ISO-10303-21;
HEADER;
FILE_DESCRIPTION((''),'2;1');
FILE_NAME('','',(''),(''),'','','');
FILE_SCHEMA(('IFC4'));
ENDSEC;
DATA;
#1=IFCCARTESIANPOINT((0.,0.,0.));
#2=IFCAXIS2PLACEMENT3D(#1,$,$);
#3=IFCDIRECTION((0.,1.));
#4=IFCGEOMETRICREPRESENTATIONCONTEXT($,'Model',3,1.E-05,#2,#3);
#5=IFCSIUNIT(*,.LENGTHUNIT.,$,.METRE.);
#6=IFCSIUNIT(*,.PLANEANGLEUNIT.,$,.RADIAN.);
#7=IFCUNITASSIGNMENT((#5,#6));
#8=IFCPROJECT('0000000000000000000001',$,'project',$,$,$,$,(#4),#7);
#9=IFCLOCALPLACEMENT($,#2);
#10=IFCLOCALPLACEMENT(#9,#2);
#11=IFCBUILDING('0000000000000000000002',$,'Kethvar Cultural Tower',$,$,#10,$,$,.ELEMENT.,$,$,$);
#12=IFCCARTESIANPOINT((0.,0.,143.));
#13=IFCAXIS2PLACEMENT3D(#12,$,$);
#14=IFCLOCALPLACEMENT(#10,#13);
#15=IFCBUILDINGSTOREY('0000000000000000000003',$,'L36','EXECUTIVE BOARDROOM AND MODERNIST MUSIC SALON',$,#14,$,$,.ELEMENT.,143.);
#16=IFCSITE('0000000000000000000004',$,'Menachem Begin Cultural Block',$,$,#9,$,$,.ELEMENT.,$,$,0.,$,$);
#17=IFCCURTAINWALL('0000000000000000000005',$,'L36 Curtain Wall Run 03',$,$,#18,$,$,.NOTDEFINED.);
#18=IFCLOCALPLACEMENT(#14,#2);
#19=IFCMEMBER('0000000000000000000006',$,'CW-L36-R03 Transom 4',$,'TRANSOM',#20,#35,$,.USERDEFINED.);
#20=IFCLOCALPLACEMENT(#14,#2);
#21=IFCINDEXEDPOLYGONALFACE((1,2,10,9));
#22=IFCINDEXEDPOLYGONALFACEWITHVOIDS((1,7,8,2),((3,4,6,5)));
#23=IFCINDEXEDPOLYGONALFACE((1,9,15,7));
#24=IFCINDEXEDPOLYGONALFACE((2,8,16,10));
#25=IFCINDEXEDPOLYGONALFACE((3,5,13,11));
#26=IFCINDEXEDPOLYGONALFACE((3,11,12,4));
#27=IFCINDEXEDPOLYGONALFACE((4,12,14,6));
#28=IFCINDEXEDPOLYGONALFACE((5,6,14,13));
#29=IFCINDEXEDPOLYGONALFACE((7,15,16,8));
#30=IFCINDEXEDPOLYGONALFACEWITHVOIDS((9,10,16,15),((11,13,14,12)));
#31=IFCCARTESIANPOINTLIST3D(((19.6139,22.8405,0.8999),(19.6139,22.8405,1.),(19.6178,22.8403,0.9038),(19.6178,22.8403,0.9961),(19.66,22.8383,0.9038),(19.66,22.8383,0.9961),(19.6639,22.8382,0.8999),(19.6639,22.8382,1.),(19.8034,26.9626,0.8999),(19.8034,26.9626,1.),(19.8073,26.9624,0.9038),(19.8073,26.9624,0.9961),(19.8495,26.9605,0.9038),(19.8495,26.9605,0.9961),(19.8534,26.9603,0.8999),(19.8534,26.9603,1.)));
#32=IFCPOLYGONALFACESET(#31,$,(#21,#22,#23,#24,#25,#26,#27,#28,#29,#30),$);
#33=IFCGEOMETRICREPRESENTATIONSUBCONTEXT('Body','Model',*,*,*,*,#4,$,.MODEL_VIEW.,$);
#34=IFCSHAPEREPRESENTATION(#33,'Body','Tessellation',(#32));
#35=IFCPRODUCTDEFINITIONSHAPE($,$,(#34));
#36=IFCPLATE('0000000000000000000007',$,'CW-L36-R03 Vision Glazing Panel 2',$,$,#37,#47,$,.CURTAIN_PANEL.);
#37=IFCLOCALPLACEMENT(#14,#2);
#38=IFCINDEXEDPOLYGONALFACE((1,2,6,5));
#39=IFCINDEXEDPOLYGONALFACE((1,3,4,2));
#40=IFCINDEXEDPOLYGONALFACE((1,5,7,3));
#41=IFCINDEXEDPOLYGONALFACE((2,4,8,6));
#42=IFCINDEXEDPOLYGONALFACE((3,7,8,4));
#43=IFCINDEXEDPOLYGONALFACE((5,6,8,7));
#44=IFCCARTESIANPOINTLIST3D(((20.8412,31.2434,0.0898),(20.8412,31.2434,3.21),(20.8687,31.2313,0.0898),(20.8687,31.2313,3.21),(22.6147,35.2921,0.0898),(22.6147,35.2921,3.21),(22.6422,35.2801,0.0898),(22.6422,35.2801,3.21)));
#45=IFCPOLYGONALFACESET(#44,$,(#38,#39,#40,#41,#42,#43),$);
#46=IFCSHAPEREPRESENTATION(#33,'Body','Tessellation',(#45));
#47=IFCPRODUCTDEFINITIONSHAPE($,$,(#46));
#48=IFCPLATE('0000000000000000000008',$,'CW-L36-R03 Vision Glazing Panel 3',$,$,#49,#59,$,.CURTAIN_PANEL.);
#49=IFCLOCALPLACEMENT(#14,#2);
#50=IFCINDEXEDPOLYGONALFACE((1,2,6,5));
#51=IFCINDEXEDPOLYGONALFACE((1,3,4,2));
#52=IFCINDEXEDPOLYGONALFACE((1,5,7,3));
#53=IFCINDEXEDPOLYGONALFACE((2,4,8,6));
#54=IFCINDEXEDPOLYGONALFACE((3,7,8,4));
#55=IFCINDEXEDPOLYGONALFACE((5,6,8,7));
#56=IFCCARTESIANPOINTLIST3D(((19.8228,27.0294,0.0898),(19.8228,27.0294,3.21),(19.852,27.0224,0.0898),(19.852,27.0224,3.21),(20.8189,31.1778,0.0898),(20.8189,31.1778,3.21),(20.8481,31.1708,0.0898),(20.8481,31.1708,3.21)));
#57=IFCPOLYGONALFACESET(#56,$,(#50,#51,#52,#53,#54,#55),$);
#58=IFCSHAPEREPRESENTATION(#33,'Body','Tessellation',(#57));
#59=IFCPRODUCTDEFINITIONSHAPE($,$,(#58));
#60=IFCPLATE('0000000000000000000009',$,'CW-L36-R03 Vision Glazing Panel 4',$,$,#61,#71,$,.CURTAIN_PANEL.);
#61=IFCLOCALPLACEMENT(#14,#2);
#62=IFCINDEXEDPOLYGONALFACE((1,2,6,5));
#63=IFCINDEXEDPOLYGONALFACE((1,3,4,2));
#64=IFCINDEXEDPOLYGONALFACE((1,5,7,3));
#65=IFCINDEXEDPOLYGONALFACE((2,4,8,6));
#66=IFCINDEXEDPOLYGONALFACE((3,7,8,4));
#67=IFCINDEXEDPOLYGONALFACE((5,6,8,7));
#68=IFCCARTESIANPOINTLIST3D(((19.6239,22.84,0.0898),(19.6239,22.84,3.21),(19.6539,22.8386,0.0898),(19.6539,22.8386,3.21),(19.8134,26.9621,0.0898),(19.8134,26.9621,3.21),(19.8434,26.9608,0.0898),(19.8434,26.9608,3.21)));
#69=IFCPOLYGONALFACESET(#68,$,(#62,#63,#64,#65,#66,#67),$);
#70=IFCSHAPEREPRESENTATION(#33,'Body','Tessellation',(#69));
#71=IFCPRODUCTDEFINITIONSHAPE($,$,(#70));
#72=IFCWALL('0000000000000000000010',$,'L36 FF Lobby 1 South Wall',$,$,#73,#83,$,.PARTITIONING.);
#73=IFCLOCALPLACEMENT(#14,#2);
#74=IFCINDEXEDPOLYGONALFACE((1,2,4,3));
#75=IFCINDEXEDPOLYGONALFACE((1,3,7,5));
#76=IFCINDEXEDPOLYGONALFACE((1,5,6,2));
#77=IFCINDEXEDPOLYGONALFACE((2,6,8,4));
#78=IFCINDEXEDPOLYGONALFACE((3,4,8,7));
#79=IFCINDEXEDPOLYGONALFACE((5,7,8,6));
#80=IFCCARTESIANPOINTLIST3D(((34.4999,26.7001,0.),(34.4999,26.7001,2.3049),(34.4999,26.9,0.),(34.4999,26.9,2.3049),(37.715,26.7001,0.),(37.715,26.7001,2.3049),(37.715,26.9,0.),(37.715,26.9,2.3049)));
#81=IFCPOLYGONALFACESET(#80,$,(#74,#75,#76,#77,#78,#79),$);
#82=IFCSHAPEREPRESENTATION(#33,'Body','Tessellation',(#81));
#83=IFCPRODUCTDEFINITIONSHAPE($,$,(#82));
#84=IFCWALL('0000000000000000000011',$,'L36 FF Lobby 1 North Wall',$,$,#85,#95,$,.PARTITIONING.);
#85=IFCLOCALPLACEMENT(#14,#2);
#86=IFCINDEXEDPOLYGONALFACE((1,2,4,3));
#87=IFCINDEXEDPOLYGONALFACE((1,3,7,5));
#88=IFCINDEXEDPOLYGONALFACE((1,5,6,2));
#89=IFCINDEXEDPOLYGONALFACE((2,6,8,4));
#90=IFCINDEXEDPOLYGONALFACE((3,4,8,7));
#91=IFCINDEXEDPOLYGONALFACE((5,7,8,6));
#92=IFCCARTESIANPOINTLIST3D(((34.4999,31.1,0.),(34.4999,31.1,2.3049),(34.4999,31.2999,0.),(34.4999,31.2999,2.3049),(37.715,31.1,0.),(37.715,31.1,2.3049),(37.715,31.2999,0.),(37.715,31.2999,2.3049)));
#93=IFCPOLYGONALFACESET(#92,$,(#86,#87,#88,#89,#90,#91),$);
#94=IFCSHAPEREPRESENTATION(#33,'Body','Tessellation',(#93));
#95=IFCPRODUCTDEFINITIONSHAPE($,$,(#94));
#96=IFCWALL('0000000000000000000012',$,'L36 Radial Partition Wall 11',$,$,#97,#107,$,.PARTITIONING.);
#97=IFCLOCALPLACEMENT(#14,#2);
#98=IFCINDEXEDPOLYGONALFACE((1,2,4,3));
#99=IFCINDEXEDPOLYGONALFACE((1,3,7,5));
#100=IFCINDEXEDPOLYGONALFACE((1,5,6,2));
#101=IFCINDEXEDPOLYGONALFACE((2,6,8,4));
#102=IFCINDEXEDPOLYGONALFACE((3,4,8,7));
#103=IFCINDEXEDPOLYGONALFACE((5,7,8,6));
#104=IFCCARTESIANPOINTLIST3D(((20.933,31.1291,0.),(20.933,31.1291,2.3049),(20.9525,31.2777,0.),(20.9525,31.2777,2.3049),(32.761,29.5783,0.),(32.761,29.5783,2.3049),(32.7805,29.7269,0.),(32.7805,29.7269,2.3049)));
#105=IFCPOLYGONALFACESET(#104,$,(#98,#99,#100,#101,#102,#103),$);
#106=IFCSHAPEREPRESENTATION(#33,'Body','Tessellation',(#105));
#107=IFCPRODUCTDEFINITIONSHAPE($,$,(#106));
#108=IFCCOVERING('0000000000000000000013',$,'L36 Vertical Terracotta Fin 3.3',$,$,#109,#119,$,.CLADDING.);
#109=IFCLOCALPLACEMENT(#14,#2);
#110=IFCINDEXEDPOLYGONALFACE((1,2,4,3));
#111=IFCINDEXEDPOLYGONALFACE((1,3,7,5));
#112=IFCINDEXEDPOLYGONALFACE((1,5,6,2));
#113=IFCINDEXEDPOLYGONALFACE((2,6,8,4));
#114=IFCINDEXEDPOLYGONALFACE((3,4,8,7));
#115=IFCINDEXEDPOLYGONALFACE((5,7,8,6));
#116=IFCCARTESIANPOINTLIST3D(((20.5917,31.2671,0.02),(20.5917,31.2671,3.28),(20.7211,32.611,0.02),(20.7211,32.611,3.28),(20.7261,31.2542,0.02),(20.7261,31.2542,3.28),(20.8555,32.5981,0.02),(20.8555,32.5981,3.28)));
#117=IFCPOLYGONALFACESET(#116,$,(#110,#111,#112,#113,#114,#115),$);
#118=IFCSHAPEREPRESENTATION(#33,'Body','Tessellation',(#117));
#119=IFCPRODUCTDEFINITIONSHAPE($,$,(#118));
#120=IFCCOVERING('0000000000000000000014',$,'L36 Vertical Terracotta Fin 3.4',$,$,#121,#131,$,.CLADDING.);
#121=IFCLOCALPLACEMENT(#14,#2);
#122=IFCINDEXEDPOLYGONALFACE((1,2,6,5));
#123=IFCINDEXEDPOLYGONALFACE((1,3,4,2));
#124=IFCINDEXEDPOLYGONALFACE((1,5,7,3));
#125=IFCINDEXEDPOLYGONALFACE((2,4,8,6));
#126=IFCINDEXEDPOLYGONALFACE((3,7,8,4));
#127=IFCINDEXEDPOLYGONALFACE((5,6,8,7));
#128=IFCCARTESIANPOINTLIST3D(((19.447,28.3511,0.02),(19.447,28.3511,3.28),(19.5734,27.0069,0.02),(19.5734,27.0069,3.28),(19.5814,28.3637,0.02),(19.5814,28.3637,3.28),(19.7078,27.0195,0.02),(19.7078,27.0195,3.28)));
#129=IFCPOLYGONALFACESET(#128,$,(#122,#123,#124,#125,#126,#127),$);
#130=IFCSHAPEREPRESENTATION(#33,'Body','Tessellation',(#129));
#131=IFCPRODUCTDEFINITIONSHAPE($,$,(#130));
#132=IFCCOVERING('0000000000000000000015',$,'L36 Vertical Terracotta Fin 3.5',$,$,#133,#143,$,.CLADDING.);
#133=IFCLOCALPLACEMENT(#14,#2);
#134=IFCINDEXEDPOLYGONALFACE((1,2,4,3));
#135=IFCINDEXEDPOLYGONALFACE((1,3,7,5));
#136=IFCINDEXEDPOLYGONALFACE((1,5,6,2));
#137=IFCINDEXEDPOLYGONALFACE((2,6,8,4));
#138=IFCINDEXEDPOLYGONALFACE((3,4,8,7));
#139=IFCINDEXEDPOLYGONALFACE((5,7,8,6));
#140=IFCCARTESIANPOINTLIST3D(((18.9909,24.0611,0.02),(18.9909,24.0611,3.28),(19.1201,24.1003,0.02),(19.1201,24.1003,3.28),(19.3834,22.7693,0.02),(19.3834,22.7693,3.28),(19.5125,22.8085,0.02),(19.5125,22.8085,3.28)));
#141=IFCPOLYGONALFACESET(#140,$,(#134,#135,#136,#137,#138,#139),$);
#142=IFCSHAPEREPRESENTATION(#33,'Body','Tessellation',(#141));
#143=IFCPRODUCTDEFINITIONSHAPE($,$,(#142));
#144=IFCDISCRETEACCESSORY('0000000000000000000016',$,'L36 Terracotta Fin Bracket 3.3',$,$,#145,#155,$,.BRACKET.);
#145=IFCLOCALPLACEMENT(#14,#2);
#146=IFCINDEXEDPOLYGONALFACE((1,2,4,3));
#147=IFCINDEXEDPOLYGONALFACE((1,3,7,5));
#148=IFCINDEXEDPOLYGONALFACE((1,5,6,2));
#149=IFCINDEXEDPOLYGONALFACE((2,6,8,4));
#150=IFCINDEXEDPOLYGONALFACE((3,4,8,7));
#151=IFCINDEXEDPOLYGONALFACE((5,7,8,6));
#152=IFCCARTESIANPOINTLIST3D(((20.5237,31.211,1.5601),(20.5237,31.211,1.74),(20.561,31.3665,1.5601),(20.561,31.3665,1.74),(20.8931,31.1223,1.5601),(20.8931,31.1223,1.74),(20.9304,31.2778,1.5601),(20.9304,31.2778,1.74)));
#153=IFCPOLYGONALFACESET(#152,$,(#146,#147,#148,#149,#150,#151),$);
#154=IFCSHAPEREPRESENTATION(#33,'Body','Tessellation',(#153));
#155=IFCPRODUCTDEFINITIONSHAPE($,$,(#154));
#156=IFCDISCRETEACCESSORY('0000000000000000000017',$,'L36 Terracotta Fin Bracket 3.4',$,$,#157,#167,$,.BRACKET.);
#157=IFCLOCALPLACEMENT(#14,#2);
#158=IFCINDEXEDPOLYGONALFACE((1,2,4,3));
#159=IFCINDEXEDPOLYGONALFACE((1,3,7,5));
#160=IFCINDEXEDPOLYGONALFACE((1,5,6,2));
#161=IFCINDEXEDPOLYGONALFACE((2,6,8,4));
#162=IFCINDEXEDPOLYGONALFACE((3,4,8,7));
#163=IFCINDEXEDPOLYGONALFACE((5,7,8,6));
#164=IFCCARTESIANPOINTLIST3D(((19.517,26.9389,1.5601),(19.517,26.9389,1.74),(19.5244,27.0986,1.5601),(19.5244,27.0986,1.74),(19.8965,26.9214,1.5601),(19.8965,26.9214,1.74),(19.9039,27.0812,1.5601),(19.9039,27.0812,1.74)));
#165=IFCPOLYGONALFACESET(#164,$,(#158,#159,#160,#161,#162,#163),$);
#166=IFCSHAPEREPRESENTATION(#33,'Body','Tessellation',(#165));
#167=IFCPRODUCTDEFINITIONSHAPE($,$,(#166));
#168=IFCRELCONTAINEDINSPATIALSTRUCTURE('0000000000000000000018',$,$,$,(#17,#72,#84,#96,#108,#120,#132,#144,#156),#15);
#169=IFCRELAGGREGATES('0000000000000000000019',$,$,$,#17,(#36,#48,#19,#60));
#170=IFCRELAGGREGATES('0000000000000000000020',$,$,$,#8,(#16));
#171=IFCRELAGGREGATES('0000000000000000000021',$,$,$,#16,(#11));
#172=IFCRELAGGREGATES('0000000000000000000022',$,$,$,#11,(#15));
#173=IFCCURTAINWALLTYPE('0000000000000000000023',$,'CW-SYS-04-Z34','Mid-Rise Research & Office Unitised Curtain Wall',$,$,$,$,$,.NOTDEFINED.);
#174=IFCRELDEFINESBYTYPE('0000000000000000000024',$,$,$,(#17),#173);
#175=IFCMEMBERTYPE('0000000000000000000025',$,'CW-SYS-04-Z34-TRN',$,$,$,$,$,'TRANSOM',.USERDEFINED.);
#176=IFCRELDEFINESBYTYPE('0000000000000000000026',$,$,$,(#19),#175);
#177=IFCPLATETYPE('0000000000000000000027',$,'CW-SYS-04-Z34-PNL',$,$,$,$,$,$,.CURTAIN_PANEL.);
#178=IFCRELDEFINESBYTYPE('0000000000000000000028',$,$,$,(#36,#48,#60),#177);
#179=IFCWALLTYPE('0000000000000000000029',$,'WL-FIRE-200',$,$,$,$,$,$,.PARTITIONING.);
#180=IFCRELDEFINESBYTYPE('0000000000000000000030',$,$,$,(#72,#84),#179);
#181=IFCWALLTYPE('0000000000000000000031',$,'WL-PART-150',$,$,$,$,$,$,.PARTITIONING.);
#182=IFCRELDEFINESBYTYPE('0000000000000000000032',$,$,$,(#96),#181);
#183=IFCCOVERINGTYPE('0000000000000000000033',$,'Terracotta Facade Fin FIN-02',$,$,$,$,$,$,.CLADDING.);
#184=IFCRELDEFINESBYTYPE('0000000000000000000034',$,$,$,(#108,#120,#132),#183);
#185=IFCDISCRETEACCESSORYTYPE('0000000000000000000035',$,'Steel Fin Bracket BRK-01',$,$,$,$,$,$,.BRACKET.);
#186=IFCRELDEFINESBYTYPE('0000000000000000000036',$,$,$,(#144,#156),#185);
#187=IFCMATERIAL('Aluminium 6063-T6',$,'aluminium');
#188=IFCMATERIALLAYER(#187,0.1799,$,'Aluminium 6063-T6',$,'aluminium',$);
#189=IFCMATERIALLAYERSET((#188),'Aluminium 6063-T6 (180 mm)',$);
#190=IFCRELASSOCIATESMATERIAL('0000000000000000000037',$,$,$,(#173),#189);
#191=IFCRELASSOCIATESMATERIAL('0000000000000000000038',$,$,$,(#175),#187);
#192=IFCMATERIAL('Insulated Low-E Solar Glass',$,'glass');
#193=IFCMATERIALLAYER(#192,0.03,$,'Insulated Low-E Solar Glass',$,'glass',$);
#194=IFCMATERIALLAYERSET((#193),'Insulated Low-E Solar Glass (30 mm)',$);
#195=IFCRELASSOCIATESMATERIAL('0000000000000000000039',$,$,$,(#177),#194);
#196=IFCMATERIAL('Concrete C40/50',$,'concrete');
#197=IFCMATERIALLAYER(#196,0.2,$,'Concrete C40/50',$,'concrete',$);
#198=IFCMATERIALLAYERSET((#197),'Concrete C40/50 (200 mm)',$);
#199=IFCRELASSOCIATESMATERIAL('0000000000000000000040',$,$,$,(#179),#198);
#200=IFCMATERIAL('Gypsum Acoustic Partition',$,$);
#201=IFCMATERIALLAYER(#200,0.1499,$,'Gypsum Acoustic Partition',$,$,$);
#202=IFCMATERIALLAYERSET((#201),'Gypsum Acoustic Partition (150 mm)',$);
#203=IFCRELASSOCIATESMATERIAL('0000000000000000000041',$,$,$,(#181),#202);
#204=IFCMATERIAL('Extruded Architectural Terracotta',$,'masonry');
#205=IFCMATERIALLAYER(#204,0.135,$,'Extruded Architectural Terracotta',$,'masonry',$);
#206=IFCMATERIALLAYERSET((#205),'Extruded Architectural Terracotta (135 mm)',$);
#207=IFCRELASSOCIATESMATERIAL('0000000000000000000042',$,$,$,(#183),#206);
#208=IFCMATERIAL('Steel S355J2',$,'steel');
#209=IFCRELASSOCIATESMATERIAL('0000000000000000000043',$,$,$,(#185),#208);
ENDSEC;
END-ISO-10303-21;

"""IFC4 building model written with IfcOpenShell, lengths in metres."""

from ifc_helpers import new_model, si_unit, direction, frame, frame_2d, origin, origin_2d, place, context, subcontext, project, spatial, rectangle, hollow_rectangle, extrude, source, transform, mapped, material, layer, layer_set, material_profile, profile_set, type_object, element, aggregate, save


model = new_model("IFC4")

# Units and contexts
model_context = context("Model", 3, precision=1e-05, world=origin(), true_north=direction((0.0, 1.0)))
body_context = subcontext(model_context, "Body", "Model", "MODEL_VIEW")
ifc_project = project(units=[si_unit("LENGTHUNIT", "METRE"), si_unit("PLANEANGLEUNIT", "RADIAN")], contexts=[model_context])

# Site, building, storey
site_placement = place(None, origin())
site = spatial("IfcSite", under=ifc_project, at=site_placement, Name="Menachem Begin Cultural Block", CompositionType="ELEMENT", RefElevation=0.0)
building_placement = place(site_placement, origin())
building = spatial("IfcBuilding", under=site, at=building_placement, Name="Kethvar Cultural Tower", CompositionType="ELEMENT")
storey_placement = place(building_placement, frame((0.0, 0.0, 143.0)))
storey = spatial("IfcBuildingStorey", under=building, at=storey_placement, Name="L36", Description="EXECUTIVE BOARDROOM AND MODERNIST MUSIC SALON", CompositionType="ELEMENT", Elevation=143.0)

# Shared definitions
ifc_material_1 = material(Name="Steel S355J2", Category="steel")

# Curtain wall, member, plates
ifc_material_2 = material(Name="Aluminium 6063-T6", Category="aluminium")
ifc_layer_1 = layer(ifc_material_2, 0.1799, Name="Aluminium 6063-T6", Category="aluminium")
ifc_layer_set_1 = layer_set([ifc_layer_1], Name="Aluminium 6063-T6 (180 mm)")
curtain_wall_type = type_object("IfcCurtainWallType", Name="CW-SYS-04-Z34", Description="Mid-Rise Research & Office Unitised Curtain Wall", PredefinedType="NOTDEFINED", material=ifc_layer_set_1)
curtain_wall_placement = place(storey_placement, origin())
curtain_wall = element("IfcCurtainWall", 1, at=curtain_wall_placement, inside=storey, type_object=curtain_wall_type, Name="L36 Curtain Wall Run 03", PredefinedType="NOTDEFINED")
ifc_material_profile_1 = material_profile(ifc_material_2, hollow_rectangle(XDim=0.05, YDim=0.1001, WallThickness=0.0039, at=origin_2d()), Name="Aluminium 6063-T6 — RHS100x50x4")
ifc_profile_set_1 = profile_set([ifc_material_profile_1], Name="Aluminium 6063-T6 — RHS100x50x4")
member_type_1 = type_object("IfcMemberType", Name="CW-SYS-04-Z34-TRN", ElementType="TRANSOM", PredefinedType="USERDEFINED", material=ifc_profile_set_1)
shared_shape_1 = source(origin(), body_context, "Body", "SweptSolid", [
    extrude(hollow_rectangle(XDim=0.05, YDim=0.1001, WallThickness=0.0039, at=origin_2d()), origin(), (0.0, 0.0, 1.0), 4.1265),
])
member_1_placement = place(storey_placement, frame((19.8284, 26.9614, 0.95), z_axis=(-0.045912, -0.998945, 0.0), x_axis=(0.998945, -0.045912, 0.0)))
member_1 = element("IfcMember", 2, at=member_1_placement, type_object=member_type_1, Name="CW-L36-R03 Transom 4", ObjectType="TRANSOM", PredefinedType="USERDEFINED", context=body_context, shape_type="MappedRepresentation", body=[
    mapped(shared_shape_1, transform((0.0, 0.0, 0.0), scale=1.0)),
])
ifc_material_3 = material(Name="Insulated Low-E Solar Glass", Category="glass")
ifc_layer_2 = layer(ifc_material_3, 0.03, Name="Insulated Low-E Solar Glass", Category="glass")
ifc_layer_set_2 = layer_set([ifc_layer_2], Name="Insulated Low-E Solar Glass (30 mm)")
plate_type = type_object("IfcPlateType", Name="CW-SYS-04-Z34-PNL", PredefinedType="CURTAIN_PANEL", material=ifc_layer_set_2)
shared_shape_2 = source(origin(), body_context, "Body", "SweptSolid", [
    extrude(rectangle(XDim=4.4202, YDim=0.03, at=origin_2d()), origin(), (0.0, 0.0, 1.0), 3.1201),
])
plate_1_placement = place(storey_placement, frame((21.7417, 33.2617, 0.0898), z_axis=(0.0, 0.0, 1.0), x_axis=(-0.401244, -0.915971, 0.0)))
plate_1 = element("IfcPlate", 3, at=plate_1_placement, type_object=plate_type, Name="CW-L36-R03 Vision Glazing Panel 2", PredefinedType="CURTAIN_PANEL", context=body_context, shape_type="MappedRepresentation", body=[
    mapped(shared_shape_2, transform((0.0, 0.0, 0.0), scale=1.0)),
])
shared_shape_3 = source(origin(), body_context, "Body", "SweptSolid", [
    extrude(rectangle(XDim=4.2664, YDim=0.03, at=origin_2d()), origin(), (0.0, 0.0, 1.0), 3.1201),
])
plate_2_placement = place(storey_placement, frame((20.3354, 29.1001, 0.0898), z_axis=(0.0, 0.0, 1.0), x_axis=(-0.233479, -0.972362, 0.0)))
plate_2 = element("IfcPlate", 4, at=plate_2_placement, type_object=plate_type, Name="CW-L36-R03 Vision Glazing Panel 3", PredefinedType="CURTAIN_PANEL", context=body_context, shape_type="MappedRepresentation", body=[
    mapped(shared_shape_3, transform((0.0, 0.0, 0.0), scale=1.0)),
])
shared_shape_4 = source(origin(), body_context, "Body", "SweptSolid", [
    extrude(rectangle(XDim=4.1265, YDim=0.03, at=origin_2d()), origin(), (0.0, 0.0, 1.0), 3.1201),
])
plate_3_placement = place(storey_placement, frame((19.7336, 24.9004, 0.0898), z_axis=(0.0, 0.0, 1.0), x_axis=(-0.045938, -0.998944, 0.0)))
plate_3 = element("IfcPlate", 5, at=plate_3_placement, type_object=plate_type, Name="CW-L36-R03 Vision Glazing Panel 4", PredefinedType="CURTAIN_PANEL", context=body_context, shape_type="MappedRepresentation", body=[
    mapped(shared_shape_4, transform((0.0, 0.0, 0.0), scale=1.0)),
])
aggregate(curtain_wall, [plate_1, plate_2, member_1, plate_3])

# Shared definitions
ifc_material_4 = material(Name="Concrete C40/50", Category="concrete")
ifc_layer_3 = layer(ifc_material_4, 0.2, Name="Concrete C40/50", Category="concrete")
ifc_layer_set_3 = layer_set([ifc_layer_3], Name="Concrete C40/50 (200 mm)")
wall_type_1 = type_object("IfcWallType", Name="WL-FIRE-200", PredefinedType="PARTITIONING", material=ifc_layer_set_3)

# Walls
for number, where, z_axis, x_axis, name in (
    (6, (34.5, 26.8, 0.0), (0.0, 0.0, 1.0), (1.0, 0.0, 0.0), "L36 FF Lobby 1 South Wall"),
    (7, (34.5, 31.2, 0.0), (0.0, 0.0, 1.0), (1.0, 0.0, 0.0), "L36 FF Lobby 1 North Wall"),
):
    element("IfcWall", number, at=place(storey_placement, frame(where, z_axis=z_axis, x_axis=x_axis)), inside=storey, type_object=wall_type_1, Name=name, PredefinedType="PARTITIONING", context=body_context, shape_type="SweptSolid", body=[
        extrude(rectangle(XDim=3.2151, YDim=0.2, at=frame_2d((1.6074, 0.0))), origin(), (0.0, 0.0, 1.0), 2.3049),
    ])
ifc_material_5 = material(Name="Gypsum Acoustic Partition")
ifc_layer_4 = layer(ifc_material_5, 0.1499, Name="Gypsum Acoustic Partition")
ifc_layer_set_4 = layer_set([ifc_layer_4], Name="Gypsum Acoustic Partition (150 mm)")
wall_type_2 = type_object("IfcWallType", Name="WL-PART-150", PredefinedType="PARTITIONING", material=ifc_layer_set_4)
wall_1_placement = place(storey_placement, frame((32.7708, 29.6526, 0.0), z_axis=(0.0, 0.0, 1.0), x_axis=(-0.991514, 0.13, 0.0)))
element("IfcWall", 8, at=wall_1_placement, inside=storey, type_object=wall_type_2, Name="L36 Radial Partition Wall 11", PredefinedType="PARTITIONING", context=body_context, shape_type="SweptSolid", body=[
    extrude(rectangle(XDim=11.9292, YDim=0.1499, at=frame_2d((5.9646, 0.0))), origin(), (0.0, 0.0, 1.0), 2.3049),
])

# Coverings
ifc_material_6 = material(Name="Extruded Architectural Terracotta", Category="masonry")
ifc_layer_5 = layer(ifc_material_6, 0.135, Name="Extruded Architectural Terracotta", Category="masonry")
ifc_layer_set_5 = layer_set([ifc_layer_5], Name="Extruded Architectural Terracotta (135 mm)")
covering_type = type_object("IfcCoveringType", Name="Terracotta Facade Fin FIN-02", PredefinedType="CLADDING", material=ifc_layer_set_5)
shared_shape_5 = source(origin(), body_context, "Body", "SweptSolid", [
    extrude(rectangle(XDim=1.3501, YDim=0.135, at=origin_2d()), origin(), (0.0, 0.0, 1.0), 3.26),
])
for number, where, z_axis, x_axis, name in (
    (9, (20.7236, 31.9326, 0.02), (0.0, 0.0, 1.0), (0.095846, 0.995396, 0.0), "L36 Vertical Terracotta Fin 3.3"),
    (10, (19.5774, 27.6853, 0.02), (0.0, 0.0, 1.0), (-0.093587, 0.995611, 0.0), "L36 Vertical Terracotta Fin 3.4"),
    (11, (19.2517, 23.4348, 0.02), (0.0, 0.0, 1.0), (-0.290702, 0.956814, 0.0), "L36 Vertical Terracotta Fin 3.5"),
):
    element("IfcCovering", number, at=place(storey_placement, frame(where, z_axis=z_axis, x_axis=x_axis)), inside=storey, type_object=covering_type, Name=name, PredefinedType="CLADDING", context=body_context, shape_type="MappedRepresentation", body=[
        mapped(shared_shape_5, transform((0.0, 0.0, 0.0), scale=1.0)),
    ])

# Discrete accessories
discrete_accessory_type = type_object("IfcDiscreteAccessoryType", Name="Steel Fin Bracket BRK-01", PredefinedType="BRACKET", material=ifc_material_1)
shared_shape_6 = source(origin(), body_context, "Body", "SweptSolid", [
    extrude(rectangle(XDim=0.3799, YDim=0.1599, at=origin_2d()), origin(), (0.0, 0.0, 1.0), 0.1799),
])
for number, where, z_axis, x_axis, name in (
    (12, (20.7271, 31.2444, 1.5601), (0.0, 0.0, 1.0), (-0.97237, 0.233445, 0.0), "L36 Terracotta Fin Bracket 3.3"),
    (13, (19.7104, 27.01, 1.5601), (0.0, 0.0, 1.0), (-0.998947, 0.045886, 0.0), "L36 Terracotta Fin Bracket 3.4"),
):
    element("IfcDiscreteAccessory", number, at=place(storey_placement, frame(where, z_axis=z_axis, x_axis=x_axis)), inside=storey, type_object=discrete_accessory_type, Name=name, PredefinedType="BRACKET", context=body_context, shape_type="MappedRepresentation", body=[
        mapped(shared_shape_6, transform((0.0, 0.0, 0.0), scale=1.0)),
    ])

save(model, "model.ifc")
